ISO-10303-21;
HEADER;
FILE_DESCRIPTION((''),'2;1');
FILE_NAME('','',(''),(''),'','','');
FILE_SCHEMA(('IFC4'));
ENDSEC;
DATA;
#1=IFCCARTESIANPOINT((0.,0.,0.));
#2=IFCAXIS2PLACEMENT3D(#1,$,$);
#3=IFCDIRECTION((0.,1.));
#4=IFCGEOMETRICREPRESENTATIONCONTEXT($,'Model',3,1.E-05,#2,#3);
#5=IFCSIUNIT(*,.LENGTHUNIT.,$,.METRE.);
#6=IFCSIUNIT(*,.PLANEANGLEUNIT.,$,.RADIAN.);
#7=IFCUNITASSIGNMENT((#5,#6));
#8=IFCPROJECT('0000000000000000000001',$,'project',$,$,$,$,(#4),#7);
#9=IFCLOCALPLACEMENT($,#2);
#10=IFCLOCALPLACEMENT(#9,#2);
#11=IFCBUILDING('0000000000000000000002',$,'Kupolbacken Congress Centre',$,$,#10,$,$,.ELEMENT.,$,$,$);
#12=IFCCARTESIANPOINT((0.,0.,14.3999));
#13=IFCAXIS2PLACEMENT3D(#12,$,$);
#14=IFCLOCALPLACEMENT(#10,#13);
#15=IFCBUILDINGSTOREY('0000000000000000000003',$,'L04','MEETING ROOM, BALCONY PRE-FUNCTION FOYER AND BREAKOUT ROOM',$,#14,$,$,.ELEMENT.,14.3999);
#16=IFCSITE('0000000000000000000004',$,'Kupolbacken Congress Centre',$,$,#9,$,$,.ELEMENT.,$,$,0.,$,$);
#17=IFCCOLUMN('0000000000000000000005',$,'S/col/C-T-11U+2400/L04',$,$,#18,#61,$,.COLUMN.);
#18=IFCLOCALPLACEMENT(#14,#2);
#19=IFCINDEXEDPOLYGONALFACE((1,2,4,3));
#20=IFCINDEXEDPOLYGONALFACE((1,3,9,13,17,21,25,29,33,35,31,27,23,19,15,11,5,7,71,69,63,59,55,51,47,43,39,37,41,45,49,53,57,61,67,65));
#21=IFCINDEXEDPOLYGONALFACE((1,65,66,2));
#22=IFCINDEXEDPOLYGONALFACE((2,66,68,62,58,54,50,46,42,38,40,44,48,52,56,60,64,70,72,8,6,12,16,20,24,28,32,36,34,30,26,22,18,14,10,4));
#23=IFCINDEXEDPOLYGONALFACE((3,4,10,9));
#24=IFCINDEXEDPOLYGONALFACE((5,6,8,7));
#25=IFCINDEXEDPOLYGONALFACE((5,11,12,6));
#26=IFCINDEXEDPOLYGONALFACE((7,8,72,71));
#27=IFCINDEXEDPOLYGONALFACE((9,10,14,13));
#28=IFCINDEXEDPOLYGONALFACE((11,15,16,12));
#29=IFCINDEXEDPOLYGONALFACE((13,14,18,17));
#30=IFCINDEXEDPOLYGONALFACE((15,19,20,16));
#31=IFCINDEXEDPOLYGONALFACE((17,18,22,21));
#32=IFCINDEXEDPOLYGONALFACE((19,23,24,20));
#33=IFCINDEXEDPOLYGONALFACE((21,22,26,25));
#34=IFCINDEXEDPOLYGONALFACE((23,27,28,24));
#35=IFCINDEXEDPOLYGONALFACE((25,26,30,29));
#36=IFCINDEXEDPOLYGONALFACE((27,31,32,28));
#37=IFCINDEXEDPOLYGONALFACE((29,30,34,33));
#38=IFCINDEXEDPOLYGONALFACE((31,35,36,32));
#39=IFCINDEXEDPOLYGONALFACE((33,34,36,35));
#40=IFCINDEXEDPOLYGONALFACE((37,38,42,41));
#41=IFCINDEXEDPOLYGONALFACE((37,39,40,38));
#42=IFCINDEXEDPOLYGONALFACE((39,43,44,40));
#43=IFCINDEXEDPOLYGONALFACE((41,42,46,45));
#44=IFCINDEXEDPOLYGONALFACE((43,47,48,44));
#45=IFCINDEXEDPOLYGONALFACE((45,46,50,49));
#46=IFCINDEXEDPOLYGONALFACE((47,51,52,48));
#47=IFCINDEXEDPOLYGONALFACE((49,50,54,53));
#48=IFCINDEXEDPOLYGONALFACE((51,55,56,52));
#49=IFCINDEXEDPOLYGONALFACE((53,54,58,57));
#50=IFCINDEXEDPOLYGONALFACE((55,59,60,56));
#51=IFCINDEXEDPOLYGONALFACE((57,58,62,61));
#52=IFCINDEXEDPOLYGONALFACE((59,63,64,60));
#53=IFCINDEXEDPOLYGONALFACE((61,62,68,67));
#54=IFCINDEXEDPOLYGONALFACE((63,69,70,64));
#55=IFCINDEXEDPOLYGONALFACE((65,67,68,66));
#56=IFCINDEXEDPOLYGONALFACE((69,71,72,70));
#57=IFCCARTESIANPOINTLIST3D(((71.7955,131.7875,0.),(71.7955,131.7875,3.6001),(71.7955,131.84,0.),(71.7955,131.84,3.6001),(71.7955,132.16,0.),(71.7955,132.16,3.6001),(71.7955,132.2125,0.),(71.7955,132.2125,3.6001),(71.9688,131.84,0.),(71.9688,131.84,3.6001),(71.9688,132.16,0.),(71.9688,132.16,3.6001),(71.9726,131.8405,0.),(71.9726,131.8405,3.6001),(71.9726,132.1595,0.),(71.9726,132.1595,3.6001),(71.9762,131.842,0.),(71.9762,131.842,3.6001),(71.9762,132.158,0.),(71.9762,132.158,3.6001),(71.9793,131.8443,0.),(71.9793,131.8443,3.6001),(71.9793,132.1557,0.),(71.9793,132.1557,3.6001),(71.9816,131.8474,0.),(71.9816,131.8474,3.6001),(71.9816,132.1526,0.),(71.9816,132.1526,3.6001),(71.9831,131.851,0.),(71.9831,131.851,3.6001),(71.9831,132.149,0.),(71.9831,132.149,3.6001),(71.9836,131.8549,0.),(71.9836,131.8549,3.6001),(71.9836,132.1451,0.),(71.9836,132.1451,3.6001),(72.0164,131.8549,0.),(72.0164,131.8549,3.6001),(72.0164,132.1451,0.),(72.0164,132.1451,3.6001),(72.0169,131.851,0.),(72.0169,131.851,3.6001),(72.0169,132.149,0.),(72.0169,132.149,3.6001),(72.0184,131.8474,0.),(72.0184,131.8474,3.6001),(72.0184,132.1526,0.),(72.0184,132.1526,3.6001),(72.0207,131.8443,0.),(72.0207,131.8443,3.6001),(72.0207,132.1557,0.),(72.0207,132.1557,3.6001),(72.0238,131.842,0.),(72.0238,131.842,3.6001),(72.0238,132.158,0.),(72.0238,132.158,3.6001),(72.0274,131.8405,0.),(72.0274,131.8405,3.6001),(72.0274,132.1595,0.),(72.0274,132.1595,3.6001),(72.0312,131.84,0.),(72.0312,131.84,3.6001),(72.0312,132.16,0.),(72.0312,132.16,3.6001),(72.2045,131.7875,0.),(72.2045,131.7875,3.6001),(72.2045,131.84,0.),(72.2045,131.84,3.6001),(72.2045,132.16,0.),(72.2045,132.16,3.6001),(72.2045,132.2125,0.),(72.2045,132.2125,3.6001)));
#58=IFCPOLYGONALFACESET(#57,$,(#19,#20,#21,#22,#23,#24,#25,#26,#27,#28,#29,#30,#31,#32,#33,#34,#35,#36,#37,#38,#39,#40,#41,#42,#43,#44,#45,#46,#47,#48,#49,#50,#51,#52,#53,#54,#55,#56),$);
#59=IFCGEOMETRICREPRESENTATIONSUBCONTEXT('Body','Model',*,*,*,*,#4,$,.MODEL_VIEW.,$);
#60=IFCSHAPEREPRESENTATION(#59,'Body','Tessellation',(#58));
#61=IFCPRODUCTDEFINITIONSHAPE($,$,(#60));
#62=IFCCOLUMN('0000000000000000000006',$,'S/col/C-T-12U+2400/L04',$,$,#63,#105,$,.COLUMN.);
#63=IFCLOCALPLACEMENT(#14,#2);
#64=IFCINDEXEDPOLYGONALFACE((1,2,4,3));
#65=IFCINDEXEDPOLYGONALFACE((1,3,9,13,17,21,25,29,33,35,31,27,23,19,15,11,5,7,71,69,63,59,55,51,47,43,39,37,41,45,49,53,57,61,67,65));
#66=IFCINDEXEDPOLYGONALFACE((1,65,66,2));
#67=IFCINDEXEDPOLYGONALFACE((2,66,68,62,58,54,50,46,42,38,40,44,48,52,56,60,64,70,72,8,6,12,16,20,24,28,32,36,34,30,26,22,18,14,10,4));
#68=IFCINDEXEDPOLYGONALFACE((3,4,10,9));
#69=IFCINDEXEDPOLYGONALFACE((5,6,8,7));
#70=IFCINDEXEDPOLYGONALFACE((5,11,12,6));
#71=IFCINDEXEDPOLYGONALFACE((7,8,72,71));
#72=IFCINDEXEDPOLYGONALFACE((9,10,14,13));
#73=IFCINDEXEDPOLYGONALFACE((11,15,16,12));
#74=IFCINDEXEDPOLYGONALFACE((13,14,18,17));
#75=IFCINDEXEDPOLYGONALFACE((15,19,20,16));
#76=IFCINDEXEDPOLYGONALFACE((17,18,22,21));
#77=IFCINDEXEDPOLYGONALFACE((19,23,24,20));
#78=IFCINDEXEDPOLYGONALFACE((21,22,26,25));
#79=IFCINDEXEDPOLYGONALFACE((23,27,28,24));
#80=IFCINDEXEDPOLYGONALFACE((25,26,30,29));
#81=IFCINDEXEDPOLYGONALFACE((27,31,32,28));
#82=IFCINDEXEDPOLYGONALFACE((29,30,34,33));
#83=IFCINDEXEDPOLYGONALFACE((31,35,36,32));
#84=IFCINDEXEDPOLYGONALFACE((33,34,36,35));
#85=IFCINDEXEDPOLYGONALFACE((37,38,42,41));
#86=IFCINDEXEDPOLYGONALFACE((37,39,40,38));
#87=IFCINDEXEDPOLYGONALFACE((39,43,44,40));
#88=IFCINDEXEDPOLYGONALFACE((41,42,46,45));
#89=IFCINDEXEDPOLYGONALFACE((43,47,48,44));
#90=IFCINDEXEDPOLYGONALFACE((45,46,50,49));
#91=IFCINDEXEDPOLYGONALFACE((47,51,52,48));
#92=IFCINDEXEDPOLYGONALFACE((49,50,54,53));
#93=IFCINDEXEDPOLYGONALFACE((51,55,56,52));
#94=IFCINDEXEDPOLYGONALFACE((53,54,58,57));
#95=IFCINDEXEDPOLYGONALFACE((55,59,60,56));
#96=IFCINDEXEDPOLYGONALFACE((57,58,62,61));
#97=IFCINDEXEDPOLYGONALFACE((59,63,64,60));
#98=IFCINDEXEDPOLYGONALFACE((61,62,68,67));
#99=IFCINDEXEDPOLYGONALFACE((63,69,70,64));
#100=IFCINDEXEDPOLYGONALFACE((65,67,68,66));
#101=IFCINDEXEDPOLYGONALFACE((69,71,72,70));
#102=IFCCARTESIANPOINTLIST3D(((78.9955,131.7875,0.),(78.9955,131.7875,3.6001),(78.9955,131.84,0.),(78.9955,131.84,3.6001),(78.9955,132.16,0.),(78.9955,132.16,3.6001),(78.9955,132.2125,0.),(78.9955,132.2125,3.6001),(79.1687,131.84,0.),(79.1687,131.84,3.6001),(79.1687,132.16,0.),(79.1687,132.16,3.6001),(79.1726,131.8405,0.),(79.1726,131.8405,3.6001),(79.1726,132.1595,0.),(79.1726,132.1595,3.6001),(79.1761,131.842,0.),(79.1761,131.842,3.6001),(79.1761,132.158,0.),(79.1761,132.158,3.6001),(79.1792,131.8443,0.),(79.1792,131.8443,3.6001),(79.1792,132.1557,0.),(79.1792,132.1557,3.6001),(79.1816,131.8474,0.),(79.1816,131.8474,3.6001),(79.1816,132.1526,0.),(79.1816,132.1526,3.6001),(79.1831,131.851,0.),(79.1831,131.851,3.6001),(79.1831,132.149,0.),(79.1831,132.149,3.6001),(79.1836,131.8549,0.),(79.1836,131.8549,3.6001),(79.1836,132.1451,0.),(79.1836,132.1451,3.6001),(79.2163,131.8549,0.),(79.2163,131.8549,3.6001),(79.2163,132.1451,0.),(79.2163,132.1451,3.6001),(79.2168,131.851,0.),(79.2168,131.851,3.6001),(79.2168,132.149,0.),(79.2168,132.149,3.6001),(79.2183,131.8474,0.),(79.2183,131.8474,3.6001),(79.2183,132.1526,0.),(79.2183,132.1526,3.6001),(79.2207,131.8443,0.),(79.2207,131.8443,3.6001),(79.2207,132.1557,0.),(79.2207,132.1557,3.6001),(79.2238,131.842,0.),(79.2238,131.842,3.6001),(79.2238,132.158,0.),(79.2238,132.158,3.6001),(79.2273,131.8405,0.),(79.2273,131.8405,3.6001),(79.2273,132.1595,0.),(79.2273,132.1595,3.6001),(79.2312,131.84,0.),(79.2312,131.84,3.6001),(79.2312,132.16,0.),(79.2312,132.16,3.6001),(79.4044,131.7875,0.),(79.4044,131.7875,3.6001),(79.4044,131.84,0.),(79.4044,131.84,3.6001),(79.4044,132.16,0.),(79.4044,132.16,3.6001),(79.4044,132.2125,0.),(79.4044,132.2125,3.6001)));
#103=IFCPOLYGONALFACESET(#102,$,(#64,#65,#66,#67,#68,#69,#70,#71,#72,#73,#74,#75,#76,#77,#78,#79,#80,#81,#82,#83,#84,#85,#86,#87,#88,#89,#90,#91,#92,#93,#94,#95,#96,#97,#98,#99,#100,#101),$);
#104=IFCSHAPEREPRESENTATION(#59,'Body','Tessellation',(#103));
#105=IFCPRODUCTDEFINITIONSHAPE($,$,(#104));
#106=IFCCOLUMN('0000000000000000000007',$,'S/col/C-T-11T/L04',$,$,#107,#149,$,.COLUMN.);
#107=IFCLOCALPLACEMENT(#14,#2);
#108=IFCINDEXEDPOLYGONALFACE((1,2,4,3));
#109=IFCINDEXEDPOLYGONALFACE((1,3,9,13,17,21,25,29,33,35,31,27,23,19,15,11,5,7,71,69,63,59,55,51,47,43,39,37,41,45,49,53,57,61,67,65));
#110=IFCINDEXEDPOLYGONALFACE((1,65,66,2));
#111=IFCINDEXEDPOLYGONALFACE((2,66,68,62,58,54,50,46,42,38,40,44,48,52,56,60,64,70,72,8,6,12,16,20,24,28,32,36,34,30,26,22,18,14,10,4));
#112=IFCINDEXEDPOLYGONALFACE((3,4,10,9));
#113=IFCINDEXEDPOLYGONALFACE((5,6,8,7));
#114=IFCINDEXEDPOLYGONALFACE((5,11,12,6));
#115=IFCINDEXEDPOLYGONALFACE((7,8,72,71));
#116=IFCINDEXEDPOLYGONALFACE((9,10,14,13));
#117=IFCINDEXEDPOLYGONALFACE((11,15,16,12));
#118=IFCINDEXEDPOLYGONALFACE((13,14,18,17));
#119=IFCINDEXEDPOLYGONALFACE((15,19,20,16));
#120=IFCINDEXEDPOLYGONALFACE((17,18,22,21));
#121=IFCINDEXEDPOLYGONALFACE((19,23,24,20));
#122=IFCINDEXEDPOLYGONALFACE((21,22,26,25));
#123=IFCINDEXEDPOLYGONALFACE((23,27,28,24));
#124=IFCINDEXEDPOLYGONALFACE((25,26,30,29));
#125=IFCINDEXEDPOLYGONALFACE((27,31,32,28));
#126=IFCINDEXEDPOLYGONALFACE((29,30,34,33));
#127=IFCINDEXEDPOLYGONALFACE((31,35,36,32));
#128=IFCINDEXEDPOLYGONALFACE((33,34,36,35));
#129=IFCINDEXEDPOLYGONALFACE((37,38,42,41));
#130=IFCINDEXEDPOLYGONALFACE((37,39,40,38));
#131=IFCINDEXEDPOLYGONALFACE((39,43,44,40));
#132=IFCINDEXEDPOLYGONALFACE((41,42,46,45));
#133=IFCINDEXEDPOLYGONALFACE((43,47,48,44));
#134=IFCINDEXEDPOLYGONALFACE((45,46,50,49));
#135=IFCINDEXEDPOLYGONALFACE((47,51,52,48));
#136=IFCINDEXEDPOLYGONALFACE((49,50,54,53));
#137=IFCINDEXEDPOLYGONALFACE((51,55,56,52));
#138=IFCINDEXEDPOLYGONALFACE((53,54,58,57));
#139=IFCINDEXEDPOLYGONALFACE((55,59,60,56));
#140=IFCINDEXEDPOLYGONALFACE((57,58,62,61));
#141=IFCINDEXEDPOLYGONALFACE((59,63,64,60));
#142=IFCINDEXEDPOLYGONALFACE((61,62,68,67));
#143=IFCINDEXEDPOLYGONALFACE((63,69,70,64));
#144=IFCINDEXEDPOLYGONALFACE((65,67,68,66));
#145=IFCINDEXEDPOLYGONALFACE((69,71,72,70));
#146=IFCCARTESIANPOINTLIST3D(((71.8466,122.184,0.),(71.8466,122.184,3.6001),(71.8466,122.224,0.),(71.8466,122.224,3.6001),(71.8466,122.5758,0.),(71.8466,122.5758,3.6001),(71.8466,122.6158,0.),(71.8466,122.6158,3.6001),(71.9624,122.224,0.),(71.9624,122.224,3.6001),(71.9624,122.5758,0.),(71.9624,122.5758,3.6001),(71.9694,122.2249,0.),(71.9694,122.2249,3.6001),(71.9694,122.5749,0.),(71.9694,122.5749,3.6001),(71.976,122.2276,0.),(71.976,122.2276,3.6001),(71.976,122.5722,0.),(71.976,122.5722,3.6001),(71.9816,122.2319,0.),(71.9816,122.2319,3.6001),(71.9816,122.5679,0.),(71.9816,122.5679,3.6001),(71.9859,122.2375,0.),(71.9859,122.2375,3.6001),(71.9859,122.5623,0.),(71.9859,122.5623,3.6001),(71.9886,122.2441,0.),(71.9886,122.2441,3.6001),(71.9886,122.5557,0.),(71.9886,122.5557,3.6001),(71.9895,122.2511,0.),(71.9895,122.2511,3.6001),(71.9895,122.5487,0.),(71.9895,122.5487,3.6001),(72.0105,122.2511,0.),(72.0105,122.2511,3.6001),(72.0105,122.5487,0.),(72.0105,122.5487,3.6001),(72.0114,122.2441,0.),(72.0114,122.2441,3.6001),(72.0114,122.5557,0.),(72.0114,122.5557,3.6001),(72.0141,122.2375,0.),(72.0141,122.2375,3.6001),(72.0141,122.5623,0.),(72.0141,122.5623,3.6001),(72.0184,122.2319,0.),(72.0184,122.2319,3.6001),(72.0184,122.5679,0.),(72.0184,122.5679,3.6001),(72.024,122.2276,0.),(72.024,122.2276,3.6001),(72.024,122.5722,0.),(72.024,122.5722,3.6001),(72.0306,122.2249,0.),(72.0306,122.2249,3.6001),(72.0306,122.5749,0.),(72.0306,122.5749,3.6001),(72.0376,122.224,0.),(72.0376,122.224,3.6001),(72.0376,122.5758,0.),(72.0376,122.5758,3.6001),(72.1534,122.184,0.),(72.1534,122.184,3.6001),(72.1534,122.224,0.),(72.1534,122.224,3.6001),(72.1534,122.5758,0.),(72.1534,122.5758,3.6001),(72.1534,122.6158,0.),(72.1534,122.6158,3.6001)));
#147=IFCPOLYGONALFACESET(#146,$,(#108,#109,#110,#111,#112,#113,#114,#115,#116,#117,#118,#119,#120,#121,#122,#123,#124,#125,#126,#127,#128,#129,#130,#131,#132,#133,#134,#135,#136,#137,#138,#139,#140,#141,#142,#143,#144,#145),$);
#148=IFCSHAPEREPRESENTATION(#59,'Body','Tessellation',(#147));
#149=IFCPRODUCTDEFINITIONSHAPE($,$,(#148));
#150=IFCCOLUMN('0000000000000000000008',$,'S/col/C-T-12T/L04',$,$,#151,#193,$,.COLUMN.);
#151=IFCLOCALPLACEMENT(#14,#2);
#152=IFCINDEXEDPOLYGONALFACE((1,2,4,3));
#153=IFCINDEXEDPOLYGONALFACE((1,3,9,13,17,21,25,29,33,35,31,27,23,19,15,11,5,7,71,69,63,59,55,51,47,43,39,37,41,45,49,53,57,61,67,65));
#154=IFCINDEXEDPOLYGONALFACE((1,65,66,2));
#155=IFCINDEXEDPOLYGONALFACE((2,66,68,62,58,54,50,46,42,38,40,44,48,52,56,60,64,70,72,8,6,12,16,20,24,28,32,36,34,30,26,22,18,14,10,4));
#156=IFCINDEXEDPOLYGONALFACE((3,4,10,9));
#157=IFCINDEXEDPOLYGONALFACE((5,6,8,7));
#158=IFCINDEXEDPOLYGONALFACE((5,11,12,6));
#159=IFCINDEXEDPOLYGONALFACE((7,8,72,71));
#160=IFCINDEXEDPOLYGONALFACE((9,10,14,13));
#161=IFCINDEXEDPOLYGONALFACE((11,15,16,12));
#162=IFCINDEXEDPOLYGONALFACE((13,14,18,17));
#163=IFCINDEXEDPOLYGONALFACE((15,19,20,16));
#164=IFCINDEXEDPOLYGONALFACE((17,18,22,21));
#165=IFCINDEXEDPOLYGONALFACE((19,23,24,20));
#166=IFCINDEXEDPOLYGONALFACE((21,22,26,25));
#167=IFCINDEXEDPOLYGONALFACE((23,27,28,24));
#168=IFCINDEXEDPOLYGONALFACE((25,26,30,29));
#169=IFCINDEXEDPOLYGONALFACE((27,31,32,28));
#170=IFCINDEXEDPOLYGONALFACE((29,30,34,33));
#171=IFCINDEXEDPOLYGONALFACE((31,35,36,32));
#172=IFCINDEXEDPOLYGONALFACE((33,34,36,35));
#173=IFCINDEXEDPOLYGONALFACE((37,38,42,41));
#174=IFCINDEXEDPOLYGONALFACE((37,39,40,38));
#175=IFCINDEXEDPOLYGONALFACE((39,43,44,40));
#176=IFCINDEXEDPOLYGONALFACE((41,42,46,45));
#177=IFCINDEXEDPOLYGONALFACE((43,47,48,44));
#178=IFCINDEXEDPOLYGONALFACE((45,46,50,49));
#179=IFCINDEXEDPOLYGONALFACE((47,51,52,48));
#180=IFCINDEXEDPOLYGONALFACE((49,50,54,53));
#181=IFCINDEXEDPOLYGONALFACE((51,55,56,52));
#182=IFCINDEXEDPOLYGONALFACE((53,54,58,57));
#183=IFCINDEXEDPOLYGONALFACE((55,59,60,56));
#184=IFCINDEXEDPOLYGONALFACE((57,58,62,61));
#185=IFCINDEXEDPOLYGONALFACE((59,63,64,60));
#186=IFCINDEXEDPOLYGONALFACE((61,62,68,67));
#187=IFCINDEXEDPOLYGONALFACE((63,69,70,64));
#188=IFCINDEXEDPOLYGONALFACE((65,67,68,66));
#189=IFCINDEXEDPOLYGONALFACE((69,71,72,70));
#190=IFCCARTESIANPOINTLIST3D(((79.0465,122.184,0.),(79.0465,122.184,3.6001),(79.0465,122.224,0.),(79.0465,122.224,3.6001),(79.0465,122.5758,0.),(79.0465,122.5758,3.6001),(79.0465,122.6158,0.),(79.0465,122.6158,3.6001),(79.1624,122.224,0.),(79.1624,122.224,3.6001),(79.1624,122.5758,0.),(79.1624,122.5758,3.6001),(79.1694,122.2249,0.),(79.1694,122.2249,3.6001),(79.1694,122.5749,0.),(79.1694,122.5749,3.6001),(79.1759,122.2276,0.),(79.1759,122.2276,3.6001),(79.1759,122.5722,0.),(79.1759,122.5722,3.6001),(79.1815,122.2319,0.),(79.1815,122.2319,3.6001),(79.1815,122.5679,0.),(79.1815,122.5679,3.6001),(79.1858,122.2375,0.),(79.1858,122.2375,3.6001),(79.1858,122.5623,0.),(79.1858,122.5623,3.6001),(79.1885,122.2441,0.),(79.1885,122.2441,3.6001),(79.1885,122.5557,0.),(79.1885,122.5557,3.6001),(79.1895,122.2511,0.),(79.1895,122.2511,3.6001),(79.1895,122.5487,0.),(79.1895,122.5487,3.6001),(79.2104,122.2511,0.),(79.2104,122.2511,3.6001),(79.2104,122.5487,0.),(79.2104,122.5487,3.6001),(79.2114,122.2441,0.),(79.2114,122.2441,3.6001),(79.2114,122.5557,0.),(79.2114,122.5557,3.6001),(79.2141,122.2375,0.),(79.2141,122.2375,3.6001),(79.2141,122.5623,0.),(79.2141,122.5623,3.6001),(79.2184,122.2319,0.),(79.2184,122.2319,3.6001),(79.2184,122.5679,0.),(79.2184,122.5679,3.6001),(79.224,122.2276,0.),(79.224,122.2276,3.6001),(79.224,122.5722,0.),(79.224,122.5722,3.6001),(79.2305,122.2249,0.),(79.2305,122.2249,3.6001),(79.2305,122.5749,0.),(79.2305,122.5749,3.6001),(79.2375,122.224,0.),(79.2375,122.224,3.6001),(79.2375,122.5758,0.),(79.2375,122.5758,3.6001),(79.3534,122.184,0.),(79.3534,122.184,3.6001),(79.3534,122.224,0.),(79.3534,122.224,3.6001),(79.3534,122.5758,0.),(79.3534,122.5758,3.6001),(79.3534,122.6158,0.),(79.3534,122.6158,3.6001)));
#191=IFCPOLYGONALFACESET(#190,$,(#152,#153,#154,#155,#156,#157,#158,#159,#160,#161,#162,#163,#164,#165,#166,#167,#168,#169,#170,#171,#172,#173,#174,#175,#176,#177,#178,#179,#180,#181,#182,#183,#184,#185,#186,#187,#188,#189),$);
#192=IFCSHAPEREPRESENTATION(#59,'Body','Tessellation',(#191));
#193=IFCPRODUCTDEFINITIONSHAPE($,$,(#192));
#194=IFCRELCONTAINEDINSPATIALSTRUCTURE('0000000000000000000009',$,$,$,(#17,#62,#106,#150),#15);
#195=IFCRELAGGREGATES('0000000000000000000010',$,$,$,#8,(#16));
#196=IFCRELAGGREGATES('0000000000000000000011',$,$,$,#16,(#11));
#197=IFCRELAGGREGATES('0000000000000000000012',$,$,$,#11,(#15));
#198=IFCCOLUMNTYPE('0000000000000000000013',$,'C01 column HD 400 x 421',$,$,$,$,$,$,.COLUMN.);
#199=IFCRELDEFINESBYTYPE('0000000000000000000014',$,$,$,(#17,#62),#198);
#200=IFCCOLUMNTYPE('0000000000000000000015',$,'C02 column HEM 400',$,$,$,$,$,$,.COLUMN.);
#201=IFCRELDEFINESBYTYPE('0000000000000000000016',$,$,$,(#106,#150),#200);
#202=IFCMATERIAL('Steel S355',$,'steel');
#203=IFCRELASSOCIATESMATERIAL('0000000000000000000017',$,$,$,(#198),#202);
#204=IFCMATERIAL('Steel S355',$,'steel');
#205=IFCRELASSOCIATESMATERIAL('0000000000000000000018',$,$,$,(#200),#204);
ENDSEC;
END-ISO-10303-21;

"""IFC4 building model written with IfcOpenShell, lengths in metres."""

from ifc_helpers import new_model, si_unit, direction, frame, origin, origin_2d, place, context, subcontext, project, spatial, i_section, extrude, material, material_profile, profile_set, type_object, element, save


model = new_model("IFC4")

# Units and contexts
model_context = context("Model", 3, precision=1e-05, world=origin(), true_north=direction((0.0, 1.0)))
body_context = subcontext(model_context, "Body", "Model", "MODEL_VIEW")
ifc_project = project(units=[si_unit("LENGTHUNIT", "METRE"), si_unit("PLANEANGLEUNIT", "RADIAN")], contexts=[model_context])

# Site, building, storey
site_placement = place(None, origin())
site = spatial("IfcSite", under=ifc_project, at=site_placement, Name="Kupolbacken Congress Centre", CompositionType="ELEMENT", RefElevation=0.0)
building_placement = place(site_placement, origin())
building = spatial("IfcBuilding", under=site, at=building_placement, Name="Kupolbacken Congress Centre", CompositionType="ELEMENT")
storey_placement = place(building_placement, frame((0.0, 0.0, 14.3999)))
storey = spatial("IfcBuildingStorey", under=building, at=storey_placement, Name="L04", Description="MEETING ROOM, BALCONY PRE-FUNCTION FOYER AND BREAKOUT ROOM", CompositionType="ELEMENT", Elevation=14.3999)

# Columns
ifc_material_1 = material(Name="Steel S355", Category="steel")
ifc_material_profile_1 = material_profile(ifc_material_1, i_section(OverallWidth=0.4089, OverallDepth=0.425, WebThickness=0.0327, FlangeThickness=0.0525, FilletRadius=0.0149, at=origin_2d()), Name="HD 400 x 421")
ifc_profile_set_1 = profile_set([ifc_material_profile_1], Name="Steel S355")
column_type_1 = type_object("IfcColumnType", Name="C01 column HD 400 x 421", PredefinedType="COLUMN", material=ifc_profile_set_1)
for number, where, z_axis, x_axis, name in (
    (1, (72.0, 132.0, 0.0), (0.0, 0.0, 1.0), (1.0, 0.0, 0.0), "S/col/C-T-11U+2400/L04"),
    (2, (79.2, 132.0, 0.0), (0.0, 0.0, 1.0), (1.0, 0.0, 0.0), "S/col/C-T-12U+2400/L04"),
):
    element("IfcColumn", number, at=place(storey_placement, frame(where, z_axis=z_axis, x_axis=x_axis)), inside=storey, type_object=column_type_1, Name=name, PredefinedType="COLUMN", context=body_context, shape_type="SweptSolid", body=[
        extrude(i_section(OverallWidth=0.4089, OverallDepth=0.425, WebThickness=0.0327, FlangeThickness=0.0525, FilletRadius=0.0149, at=origin_2d()), origin(), (0.0, 0.0, 1.0), 3.6001),
    ])
ifc_material_2 = material(Name="Steel S355", Category="steel")
ifc_material_profile_2 = material_profile(ifc_material_2, i_section(OverallWidth=0.3069, OverallDepth=0.4319, WebThickness=0.021, FlangeThickness=0.04, FilletRadius=0.0271, at=origin_2d()), Name="HEM 400")
ifc_profile_set_2 = profile_set([ifc_material_profile_2], Name="Steel S355")
column_type_2 = type_object("IfcColumnType", Name="C02 column HEM 400", PredefinedType="COLUMN", material=ifc_profile_set_2)
for number, where, z_axis, x_axis, name in (
    (3, (72.0, 122.3999, 0.0), (0.0, 0.0, 1.0), (1.0, 0.0, 0.0), "S/col/C-T-11T/L04"),
    (4, (79.2, 122.3999, 0.0), (0.0, 0.0, 1.0), (1.0, 0.0, 0.0), "S/col/C-T-12T/L04"),
):
    element("IfcColumn", number, at=place(storey_placement, frame(where, z_axis=z_axis, x_axis=x_axis)), inside=storey, type_object=column_type_2, Name=name, PredefinedType="COLUMN", context=body_context, shape_type="SweptSolid", body=[
        extrude(i_section(OverallWidth=0.3069, OverallDepth=0.4319, WebThickness=0.021, FlangeThickness=0.04, FilletRadius=0.0271, at=origin_2d()), origin(), (0.0, 0.0, 1.0), 3.6001),
    ])

save(model, "model.ifc")
